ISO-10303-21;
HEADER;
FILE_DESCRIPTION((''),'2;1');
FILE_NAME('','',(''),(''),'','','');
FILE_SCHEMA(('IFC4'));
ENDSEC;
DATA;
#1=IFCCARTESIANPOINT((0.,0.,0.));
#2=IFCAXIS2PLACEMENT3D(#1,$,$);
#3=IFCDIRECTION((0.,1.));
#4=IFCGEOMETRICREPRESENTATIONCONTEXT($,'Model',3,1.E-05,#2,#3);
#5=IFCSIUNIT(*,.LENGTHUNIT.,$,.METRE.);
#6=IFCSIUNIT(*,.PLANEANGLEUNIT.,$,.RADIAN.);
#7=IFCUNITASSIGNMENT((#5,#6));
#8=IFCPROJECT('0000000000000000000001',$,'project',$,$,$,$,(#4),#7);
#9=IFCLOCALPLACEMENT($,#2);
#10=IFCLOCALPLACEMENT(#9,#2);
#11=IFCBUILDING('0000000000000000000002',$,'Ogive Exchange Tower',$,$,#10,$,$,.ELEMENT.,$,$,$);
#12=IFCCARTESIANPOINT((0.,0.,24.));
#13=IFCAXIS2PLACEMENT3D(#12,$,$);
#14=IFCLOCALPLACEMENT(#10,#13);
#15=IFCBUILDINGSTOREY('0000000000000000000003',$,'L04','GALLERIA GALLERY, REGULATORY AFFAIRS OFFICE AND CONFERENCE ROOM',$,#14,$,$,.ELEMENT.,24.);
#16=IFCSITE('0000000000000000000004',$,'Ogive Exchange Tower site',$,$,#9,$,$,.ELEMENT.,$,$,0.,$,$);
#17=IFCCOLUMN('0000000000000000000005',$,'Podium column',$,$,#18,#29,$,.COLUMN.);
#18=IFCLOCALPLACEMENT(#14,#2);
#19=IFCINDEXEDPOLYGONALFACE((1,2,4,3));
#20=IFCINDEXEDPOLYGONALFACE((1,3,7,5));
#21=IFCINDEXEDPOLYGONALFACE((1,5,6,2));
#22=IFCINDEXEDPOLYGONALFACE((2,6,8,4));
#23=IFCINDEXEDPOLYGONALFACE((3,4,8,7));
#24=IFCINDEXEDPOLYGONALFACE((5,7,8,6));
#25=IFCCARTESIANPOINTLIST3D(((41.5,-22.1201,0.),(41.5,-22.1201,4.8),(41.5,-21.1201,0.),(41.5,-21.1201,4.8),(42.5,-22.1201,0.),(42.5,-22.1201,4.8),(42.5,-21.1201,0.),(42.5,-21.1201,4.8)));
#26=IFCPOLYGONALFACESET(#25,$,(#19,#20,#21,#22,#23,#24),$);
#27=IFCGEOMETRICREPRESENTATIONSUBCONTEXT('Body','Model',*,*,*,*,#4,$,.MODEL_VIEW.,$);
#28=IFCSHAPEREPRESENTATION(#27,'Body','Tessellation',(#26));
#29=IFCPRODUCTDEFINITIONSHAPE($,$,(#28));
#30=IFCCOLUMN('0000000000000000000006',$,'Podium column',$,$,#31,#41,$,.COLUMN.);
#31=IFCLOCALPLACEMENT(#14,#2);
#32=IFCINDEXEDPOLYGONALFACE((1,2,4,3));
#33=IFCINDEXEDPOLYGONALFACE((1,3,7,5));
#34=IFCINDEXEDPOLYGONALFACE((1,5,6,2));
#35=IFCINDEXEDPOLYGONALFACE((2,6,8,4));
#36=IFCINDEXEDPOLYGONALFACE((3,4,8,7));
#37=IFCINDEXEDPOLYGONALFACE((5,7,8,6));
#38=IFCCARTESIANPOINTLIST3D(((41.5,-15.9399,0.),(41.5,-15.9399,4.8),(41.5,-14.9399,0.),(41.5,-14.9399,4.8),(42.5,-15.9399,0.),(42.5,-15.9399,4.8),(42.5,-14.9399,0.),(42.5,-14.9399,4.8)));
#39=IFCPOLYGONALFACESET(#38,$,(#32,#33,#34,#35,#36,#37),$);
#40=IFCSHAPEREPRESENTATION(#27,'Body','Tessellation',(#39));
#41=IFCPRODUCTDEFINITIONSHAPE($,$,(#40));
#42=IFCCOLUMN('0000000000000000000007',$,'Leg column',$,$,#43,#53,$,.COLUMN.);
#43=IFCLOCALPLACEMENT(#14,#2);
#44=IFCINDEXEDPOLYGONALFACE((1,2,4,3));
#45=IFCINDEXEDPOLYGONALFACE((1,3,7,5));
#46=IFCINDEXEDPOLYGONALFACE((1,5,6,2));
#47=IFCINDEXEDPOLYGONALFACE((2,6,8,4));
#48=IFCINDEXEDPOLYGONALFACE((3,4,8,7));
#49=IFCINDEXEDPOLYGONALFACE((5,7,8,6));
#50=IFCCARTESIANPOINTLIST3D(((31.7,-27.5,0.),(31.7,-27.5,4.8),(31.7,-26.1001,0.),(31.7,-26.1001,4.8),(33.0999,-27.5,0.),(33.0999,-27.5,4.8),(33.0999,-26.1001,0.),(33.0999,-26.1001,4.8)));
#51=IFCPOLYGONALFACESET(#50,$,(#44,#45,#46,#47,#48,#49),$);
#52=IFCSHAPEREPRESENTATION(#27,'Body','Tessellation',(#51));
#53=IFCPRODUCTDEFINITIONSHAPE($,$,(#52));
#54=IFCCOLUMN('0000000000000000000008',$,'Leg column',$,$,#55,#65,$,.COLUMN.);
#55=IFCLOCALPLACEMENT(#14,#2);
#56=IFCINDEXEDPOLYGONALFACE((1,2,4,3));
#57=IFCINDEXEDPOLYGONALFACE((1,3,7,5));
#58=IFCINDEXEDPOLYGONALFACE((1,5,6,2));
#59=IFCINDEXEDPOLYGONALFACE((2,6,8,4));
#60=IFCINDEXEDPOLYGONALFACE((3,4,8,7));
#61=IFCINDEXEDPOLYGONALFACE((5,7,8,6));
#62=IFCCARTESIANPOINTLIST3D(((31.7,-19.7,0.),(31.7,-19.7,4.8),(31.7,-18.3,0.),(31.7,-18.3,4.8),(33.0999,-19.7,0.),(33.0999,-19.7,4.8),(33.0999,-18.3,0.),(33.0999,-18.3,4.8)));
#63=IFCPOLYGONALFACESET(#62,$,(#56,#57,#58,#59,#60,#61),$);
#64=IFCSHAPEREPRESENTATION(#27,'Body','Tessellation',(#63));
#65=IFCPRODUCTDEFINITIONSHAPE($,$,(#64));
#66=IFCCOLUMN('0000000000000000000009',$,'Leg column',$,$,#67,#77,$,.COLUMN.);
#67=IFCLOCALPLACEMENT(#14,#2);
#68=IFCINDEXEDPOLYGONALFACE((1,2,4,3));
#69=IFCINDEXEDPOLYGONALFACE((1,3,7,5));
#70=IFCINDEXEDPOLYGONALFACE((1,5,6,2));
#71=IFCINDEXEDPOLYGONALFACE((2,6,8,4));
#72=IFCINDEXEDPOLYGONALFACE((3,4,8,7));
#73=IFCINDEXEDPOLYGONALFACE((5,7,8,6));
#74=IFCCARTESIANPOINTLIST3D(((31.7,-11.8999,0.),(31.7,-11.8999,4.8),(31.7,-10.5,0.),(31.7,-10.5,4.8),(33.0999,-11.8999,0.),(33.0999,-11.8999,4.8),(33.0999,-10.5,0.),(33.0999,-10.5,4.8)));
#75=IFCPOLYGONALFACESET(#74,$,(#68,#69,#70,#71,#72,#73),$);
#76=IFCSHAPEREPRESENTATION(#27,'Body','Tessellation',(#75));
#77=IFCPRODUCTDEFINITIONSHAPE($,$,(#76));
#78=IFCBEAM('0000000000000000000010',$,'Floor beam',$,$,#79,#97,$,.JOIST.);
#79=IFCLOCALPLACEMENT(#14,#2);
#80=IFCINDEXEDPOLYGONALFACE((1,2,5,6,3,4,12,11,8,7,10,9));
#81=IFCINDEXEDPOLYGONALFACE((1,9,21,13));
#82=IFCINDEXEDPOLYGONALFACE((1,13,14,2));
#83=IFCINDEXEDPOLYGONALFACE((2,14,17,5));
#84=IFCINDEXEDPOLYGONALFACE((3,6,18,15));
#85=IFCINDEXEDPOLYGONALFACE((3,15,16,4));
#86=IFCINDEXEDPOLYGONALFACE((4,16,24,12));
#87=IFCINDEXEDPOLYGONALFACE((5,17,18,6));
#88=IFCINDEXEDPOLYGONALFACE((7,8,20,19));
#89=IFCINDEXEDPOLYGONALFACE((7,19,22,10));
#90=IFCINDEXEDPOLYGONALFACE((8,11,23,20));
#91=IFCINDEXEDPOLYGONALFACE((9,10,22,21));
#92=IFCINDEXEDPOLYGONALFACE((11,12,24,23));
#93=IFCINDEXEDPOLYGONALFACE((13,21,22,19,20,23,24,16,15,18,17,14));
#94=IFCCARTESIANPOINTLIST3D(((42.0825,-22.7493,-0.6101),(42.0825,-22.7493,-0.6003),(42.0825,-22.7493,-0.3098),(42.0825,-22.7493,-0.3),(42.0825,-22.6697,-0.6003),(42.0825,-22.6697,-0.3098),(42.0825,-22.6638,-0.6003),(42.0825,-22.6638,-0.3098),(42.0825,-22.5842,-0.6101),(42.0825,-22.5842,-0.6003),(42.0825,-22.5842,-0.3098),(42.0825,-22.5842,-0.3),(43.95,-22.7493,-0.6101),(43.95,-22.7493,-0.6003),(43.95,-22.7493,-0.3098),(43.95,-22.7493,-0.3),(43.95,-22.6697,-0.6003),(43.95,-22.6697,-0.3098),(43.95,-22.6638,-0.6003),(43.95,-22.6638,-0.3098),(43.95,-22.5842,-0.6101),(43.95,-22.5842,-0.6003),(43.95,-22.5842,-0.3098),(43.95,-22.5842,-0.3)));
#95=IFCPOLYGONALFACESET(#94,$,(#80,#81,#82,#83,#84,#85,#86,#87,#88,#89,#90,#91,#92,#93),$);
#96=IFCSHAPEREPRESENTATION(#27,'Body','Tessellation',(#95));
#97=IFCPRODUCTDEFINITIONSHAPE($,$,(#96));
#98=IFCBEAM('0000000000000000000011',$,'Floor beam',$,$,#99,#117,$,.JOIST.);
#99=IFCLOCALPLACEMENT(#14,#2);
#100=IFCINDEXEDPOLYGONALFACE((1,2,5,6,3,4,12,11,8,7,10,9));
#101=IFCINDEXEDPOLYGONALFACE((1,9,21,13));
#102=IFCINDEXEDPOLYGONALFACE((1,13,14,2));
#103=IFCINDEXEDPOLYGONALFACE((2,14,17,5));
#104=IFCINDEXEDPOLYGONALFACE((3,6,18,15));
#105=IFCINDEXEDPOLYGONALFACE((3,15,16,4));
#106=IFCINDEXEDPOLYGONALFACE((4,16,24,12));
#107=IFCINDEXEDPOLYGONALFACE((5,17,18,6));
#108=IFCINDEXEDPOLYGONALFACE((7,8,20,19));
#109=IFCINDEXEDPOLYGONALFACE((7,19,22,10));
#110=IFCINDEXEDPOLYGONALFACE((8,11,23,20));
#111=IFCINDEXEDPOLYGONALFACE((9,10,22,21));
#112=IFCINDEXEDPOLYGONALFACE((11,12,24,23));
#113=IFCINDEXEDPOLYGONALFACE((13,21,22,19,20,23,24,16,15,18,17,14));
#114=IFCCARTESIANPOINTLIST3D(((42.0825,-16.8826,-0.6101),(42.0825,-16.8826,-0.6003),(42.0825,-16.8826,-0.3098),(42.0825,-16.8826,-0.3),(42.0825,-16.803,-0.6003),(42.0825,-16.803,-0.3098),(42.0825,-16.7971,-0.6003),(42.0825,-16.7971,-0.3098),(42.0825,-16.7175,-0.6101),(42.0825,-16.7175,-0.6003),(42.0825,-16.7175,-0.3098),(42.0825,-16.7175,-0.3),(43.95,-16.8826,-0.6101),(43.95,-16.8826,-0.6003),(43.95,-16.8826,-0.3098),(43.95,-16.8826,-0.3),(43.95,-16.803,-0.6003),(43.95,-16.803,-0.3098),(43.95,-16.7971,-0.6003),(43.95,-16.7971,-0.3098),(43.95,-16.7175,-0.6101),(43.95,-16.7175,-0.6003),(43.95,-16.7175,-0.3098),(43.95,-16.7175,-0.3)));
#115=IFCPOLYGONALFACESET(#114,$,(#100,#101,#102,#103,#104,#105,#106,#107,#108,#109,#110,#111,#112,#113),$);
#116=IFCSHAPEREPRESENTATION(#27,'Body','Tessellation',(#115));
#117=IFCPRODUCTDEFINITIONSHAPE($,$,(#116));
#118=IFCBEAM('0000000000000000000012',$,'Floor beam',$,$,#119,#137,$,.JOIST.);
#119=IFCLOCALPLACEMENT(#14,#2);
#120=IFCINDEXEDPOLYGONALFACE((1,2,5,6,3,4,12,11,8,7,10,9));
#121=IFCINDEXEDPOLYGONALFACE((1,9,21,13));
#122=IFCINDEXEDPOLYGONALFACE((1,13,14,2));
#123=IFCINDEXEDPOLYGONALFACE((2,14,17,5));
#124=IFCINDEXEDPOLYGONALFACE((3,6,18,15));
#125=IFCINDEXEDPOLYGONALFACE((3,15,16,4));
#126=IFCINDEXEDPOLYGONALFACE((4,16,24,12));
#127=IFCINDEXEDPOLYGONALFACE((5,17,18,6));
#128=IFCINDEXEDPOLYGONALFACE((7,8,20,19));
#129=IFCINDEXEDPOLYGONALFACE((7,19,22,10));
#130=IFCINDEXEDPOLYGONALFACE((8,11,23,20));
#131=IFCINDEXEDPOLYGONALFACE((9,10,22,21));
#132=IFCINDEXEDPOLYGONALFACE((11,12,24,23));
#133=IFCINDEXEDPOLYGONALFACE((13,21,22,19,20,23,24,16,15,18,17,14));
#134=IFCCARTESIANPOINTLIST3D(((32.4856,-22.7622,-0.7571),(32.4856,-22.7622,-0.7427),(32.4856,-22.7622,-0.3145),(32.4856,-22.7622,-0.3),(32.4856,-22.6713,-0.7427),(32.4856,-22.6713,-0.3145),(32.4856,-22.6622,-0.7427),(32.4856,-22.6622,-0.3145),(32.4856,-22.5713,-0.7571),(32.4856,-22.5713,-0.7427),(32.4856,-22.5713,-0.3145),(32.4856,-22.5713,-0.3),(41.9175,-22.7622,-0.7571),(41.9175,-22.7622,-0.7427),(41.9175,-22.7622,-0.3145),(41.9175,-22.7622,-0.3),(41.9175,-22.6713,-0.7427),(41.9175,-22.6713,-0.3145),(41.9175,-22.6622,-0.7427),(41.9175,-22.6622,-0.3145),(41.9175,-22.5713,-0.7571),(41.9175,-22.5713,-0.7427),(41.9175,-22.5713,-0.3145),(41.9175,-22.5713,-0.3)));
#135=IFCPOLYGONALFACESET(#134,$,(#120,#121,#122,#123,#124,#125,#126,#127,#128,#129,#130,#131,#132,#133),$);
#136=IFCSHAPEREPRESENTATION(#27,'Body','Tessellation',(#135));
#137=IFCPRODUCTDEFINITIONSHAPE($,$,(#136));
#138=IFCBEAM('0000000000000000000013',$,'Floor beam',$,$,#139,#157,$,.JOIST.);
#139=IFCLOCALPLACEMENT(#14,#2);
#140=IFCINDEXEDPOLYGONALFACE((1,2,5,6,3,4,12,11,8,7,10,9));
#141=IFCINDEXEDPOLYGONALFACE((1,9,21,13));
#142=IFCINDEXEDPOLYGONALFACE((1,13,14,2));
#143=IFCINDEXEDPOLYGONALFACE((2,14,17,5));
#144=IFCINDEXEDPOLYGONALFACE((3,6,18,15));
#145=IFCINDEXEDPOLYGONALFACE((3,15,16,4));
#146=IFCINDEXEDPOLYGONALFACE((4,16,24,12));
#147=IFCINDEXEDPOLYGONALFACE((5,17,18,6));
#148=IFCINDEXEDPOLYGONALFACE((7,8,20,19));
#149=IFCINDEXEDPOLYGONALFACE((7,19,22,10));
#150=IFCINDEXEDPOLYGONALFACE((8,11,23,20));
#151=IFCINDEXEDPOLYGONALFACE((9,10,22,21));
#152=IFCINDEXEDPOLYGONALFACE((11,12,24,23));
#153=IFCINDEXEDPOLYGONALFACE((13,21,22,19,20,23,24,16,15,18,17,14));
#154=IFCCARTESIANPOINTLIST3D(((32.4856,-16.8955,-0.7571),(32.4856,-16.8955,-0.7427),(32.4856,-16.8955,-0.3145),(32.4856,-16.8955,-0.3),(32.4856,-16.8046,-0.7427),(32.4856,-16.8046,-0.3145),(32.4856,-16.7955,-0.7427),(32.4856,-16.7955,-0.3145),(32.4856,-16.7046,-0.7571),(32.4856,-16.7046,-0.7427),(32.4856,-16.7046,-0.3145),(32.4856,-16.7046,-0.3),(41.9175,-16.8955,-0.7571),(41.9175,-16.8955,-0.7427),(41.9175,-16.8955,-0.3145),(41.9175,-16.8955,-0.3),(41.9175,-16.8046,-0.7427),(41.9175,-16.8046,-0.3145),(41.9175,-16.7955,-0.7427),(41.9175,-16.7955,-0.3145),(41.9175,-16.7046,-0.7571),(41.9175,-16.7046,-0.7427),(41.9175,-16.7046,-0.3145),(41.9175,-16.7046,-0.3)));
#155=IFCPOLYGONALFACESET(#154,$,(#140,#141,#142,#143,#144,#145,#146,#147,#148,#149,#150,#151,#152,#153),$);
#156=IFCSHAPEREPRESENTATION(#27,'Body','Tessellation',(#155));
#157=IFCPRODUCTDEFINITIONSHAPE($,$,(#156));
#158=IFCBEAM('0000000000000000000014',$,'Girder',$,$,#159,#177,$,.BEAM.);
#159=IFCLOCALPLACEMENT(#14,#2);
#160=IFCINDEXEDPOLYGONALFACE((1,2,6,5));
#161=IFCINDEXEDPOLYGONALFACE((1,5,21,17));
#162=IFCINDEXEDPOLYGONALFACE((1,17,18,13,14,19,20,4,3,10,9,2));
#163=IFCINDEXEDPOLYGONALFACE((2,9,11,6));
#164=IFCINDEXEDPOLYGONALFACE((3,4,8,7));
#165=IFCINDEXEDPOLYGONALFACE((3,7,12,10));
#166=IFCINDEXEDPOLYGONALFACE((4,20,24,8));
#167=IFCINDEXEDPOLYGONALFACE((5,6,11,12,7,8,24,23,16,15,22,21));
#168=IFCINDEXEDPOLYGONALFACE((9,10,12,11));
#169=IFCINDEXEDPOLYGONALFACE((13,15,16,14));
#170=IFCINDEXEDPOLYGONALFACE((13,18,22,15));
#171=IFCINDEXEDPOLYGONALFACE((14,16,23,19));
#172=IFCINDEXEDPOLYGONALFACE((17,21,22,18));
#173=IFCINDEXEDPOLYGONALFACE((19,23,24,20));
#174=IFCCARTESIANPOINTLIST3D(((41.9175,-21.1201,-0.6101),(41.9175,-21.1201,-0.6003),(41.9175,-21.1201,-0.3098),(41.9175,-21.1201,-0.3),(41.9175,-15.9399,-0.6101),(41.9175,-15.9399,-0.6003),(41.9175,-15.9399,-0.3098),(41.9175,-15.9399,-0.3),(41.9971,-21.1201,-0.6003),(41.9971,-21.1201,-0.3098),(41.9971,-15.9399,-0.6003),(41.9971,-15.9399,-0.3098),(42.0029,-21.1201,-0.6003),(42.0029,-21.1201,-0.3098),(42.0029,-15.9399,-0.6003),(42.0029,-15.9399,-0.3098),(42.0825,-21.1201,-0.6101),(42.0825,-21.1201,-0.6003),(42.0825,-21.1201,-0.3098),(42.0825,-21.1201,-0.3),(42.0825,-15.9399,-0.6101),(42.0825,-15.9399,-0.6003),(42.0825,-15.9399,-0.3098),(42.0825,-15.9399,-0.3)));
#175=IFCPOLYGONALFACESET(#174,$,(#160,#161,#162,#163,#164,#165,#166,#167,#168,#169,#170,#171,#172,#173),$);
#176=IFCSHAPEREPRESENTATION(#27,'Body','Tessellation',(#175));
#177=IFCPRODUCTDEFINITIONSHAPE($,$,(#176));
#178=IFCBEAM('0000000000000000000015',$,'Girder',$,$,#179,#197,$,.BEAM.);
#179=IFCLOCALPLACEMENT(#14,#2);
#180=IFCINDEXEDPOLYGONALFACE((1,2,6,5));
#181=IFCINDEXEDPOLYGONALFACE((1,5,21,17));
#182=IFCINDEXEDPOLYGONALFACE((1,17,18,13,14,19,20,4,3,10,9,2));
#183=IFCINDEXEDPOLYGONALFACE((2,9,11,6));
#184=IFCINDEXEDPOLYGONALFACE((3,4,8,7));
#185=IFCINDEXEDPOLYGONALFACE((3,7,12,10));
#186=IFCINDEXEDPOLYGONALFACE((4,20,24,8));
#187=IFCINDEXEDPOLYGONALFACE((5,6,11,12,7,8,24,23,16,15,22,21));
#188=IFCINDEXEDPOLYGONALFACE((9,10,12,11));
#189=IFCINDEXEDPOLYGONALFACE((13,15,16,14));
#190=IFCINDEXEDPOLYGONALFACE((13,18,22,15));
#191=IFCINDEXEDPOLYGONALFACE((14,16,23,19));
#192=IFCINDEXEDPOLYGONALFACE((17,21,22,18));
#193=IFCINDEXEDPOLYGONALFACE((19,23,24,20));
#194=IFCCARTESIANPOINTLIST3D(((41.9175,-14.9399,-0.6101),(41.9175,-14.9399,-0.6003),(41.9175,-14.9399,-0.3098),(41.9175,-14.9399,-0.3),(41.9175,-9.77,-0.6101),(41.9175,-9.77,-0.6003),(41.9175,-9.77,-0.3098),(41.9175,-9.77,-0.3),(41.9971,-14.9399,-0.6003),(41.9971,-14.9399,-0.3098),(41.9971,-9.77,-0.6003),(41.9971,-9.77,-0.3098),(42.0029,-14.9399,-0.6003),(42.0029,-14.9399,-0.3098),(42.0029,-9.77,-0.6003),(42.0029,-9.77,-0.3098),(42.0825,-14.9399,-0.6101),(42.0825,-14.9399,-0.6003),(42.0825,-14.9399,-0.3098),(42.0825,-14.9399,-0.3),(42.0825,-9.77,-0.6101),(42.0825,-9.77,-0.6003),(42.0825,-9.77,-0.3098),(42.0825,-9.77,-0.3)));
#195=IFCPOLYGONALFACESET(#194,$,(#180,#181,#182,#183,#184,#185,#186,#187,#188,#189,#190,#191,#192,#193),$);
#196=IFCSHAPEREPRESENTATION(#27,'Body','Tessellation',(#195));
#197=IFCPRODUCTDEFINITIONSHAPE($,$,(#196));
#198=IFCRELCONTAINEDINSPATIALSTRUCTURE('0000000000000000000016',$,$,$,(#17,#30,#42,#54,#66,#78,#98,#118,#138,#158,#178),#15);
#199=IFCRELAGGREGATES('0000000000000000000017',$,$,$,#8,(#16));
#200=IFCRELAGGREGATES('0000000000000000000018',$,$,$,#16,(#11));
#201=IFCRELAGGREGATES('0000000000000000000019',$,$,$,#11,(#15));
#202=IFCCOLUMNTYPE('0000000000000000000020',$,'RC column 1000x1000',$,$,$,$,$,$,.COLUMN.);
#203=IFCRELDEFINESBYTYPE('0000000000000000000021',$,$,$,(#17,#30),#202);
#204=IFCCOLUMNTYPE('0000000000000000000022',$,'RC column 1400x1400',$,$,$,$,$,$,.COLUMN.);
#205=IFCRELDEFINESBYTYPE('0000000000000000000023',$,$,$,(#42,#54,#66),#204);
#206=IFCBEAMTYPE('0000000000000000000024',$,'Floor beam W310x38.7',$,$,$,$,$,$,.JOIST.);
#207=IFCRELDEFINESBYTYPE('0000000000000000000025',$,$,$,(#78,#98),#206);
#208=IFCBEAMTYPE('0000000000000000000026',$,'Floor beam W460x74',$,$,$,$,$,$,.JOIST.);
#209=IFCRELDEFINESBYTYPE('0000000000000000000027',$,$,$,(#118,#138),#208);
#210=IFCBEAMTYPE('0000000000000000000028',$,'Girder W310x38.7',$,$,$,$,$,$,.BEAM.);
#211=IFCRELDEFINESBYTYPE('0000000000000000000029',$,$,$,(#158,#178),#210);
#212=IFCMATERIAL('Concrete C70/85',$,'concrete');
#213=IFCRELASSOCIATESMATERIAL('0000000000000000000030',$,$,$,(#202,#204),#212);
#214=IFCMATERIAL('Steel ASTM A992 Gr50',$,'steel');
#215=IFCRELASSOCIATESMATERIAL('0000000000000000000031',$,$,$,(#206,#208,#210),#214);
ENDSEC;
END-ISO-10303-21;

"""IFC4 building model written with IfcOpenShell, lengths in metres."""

from ifc_helpers import new_model, si_unit, direction, frame, origin, origin_2d, place, context, subcontext, project, spatial, rectangle, i_section, extrude, material, material_profile, profile_set, type_object, element, save


model = new_model("IFC4")

# Units and contexts
model_context = context("Model", 3, precision=1e-05, world=origin(), true_north=direction((0.0, 1.0)))
body_context = subcontext(model_context, "Body", "Model", "MODEL_VIEW")
ifc_project = project(units=[si_unit("LENGTHUNIT", "METRE"), si_unit("PLANEANGLEUNIT", "RADIAN")], contexts=[model_context])

# Site, building, storey
site_placement = place(None, origin())
site = spatial("IfcSite", under=ifc_project, at=site_placement, Name="Ogive Exchange Tower site", CompositionType="ELEMENT", RefElevation=0.0)
building_placement = place(site_placement, origin())
building = spatial("IfcBuilding", under=site, at=building_placement, Name="Ogive Exchange Tower", CompositionType="ELEMENT")
storey_placement = place(building_placement, frame((0.0, 0.0, 24.0)))
storey = spatial("IfcBuildingStorey", under=building, at=storey_placement, Name="L04", Description="GALLERIA GALLERY, REGULATORY AFFAIRS OFFICE AND CONFERENCE ROOM", CompositionType="ELEMENT", Elevation=24.0)

# Columns
ifc_material_1 = material(Name="Concrete C70/85", Category="concrete")
ifc_material_profile_1 = material_profile(ifc_material_1, rectangle(XDim=1.0, YDim=1.0, at=origin_2d()), Name="RC 1000x1000")
ifc_profile_set_1 = profile_set([ifc_material_profile_1], Name="Concrete C70/85")
column_type_1 = type_object("IfcColumnType", Name="RC column 1000x1000", PredefinedType="COLUMN", material=ifc_profile_set_1)
for number, where, z_axis, x_axis, name in (
    (1, (42.0, -21.6201, 0.0), (0.0, 0.0, 1.0), (1.0, 0.0, 0.0), "Podium column"),
    (2, (42.0, -15.4399, 0.0), (0.0, 0.0, 1.0), (1.0, 0.0, 0.0), "Podium column"),
):
    element("IfcColumn", number, at=place(storey_placement, frame(where, z_axis=z_axis, x_axis=x_axis)), inside=storey, type_object=column_type_1, Name=name, PredefinedType="COLUMN", context=body_context, shape_type="SweptSolid", body=[
        extrude(rectangle(XDim=1.0, YDim=1.0, at=origin_2d()), origin(), (0.0, 0.0, 1.0), 4.8),
    ])
ifc_material_profile_2 = material_profile(ifc_material_1, rectangle(XDim=1.3999, YDim=1.3999, at=origin_2d()), Name="RC 1400x1400")
ifc_profile_set_2 = profile_set([ifc_material_profile_2], Name="Concrete C70/85")
column_type_2 = type_object("IfcColumnType", Name="RC column 1400x1400", PredefinedType="COLUMN", material=ifc_profile_set_2)
for number, where, z_axis, x_axis, name in (
    (3, (32.3999, -26.8, 0.0), (0.0, 0.0, 1.0), (1.0, 0.0, 0.0), "Leg column"),
    (4, (32.3999, -19.0, 0.0), (0.0, 0.0, 1.0), (1.0, 0.0, 0.0), "Leg column"),
    (5, (32.3999, -11.2, 0.0), (0.0, 0.0, 1.0), (1.0, 0.0, 0.0), "Leg column"),
):
    element("IfcColumn", number, at=place(storey_placement, frame(where, z_axis=z_axis, x_axis=x_axis)), inside=storey, type_object=column_type_2, Name=name, PredefinedType="COLUMN", context=body_context, shape_type="SweptSolid", body=[
        extrude(rectangle(XDim=1.3999, YDim=1.3999, at=origin_2d()), origin(), (0.0, 0.0, 1.0), 4.8),
    ])

# Beams
ifc_material_2 = material(Name="Steel ASTM A992 Gr50", Category="steel")
ifc_material_profile_3 = material_profile(ifc_material_2, i_section(OverallWidth=0.165, OverallDepth=0.3101, WebThickness=0.0059, FlangeThickness=0.0098, at=origin_2d()), Name="W310x38.7")
ifc_profile_set_3 = profile_set([ifc_material_profile_3], Name="Steel ASTM A992 Gr50")
beam_type_1 = type_object("IfcBeamType", Name="Floor beam W310x38.7", PredefinedType="JOIST", material=ifc_profile_set_3)
for number, where, z_axis, x_axis, name in (
    (6, (42.0825, -22.6667, -0.4551), (1.0, 0.0, 0.0), (0.0, 1.0, 0.0), "Floor beam"),
    (7, (42.0825, -16.8, -0.4551), (1.0, 0.0, 0.0), (0.0, 1.0, 0.0), "Floor beam"),
):
    element("IfcBeam", number, at=place(storey_placement, frame(where, z_axis=z_axis, x_axis=x_axis)), inside=storey, type_object=beam_type_1, Name=name, PredefinedType="JOIST", context=body_context, shape_type="SweptSolid", body=[
        extrude(i_section(OverallWidth=0.165, OverallDepth=0.3101, WebThickness=0.0059, FlangeThickness=0.0098, at=origin_2d()), origin(), (0.0, 0.0, 1.0), 1.8674),
    ])
ifc_material_profile_4 = material_profile(ifc_material_2, i_section(OverallWidth=0.1909, OverallDepth=0.457, WebThickness=0.009, FlangeThickness=0.0144, at=origin_2d()), Name="W460x74")
ifc_profile_set_4 = profile_set([ifc_material_profile_4], Name="Steel ASTM A992 Gr50")
beam_type_2 = type_object("IfcBeamType", Name="Floor beam W460x74", PredefinedType="JOIST", material=ifc_profile_set_4)
for number, where, z_axis, x_axis, name in (
    (8, (32.4856, -22.6667, -0.5286), (1.0, 0.0, 0.0), (0.0, 1.0, 0.0), "Floor beam"),
    (9, (32.4856, -16.8, -0.5286), (1.0, 0.0, 0.0), (0.0, 1.0, 0.0), "Floor beam"),
):
    element("IfcBeam", number, at=place(storey_placement, frame(where, z_axis=z_axis, x_axis=x_axis)), inside=storey, type_object=beam_type_2, Name=name, PredefinedType="JOIST", context=body_context, shape_type="SweptSolid", body=[
        extrude(i_section(OverallWidth=0.1909, OverallDepth=0.457, WebThickness=0.009, FlangeThickness=0.0144, at=origin_2d()), origin(), (0.0, 0.0, 1.0), 9.4319),
    ])
ifc_material_profile_5 = material_profile(ifc_material_2, i_section(OverallWidth=0.165, OverallDepth=0.3101, WebThickness=0.0059, FlangeThickness=0.0098, at=origin_2d()), Name="W310x38.7")
ifc_profile_set_5 = profile_set([ifc_material_profile_5], Name="Steel ASTM A992 Gr50")
beam_type_3 = type_object("IfcBeamType", Name="Girder W310x38.7", PredefinedType="BEAM", material=ifc_profile_set_5)
beam_1_placement = place(storey_placement, frame((42.0, -21.1201, -0.4551), z_axis=(0.0, 1.0, 0.0), x_axis=(-1.0, 0.0, 0.0)))
element("IfcBeam", 10, at=beam_1_placement, inside=storey, type_object=beam_type_3, Name="Girder", PredefinedType="BEAM", context=body_context, shape_type="SweptSolid", body=[
    extrude(i_section(OverallWidth=0.165, OverallDepth=0.3101, WebThickness=0.0059, FlangeThickness=0.0098, at=origin_2d()), origin(), (0.0, 0.0, 1.0), 5.1802),
])
beam_2_placement = place(storey_placement, frame((42.0, -14.9399, -0.4551), z_axis=(0.0, 1.0, 0.0), x_axis=(-1.0, 0.0, 0.0)))
element("IfcBeam", 11, at=beam_2_placement, inside=storey, type_object=beam_type_3, Name="Girder", PredefinedType="BEAM", context=body_context, shape_type="SweptSolid", body=[
    extrude(i_section(OverallWidth=0.165, OverallDepth=0.3101, WebThickness=0.0059, FlangeThickness=0.0098, at=origin_2d()), origin(), (0.0, 0.0, 1.0), 5.1699),
])

save(model, "model.ifc")
